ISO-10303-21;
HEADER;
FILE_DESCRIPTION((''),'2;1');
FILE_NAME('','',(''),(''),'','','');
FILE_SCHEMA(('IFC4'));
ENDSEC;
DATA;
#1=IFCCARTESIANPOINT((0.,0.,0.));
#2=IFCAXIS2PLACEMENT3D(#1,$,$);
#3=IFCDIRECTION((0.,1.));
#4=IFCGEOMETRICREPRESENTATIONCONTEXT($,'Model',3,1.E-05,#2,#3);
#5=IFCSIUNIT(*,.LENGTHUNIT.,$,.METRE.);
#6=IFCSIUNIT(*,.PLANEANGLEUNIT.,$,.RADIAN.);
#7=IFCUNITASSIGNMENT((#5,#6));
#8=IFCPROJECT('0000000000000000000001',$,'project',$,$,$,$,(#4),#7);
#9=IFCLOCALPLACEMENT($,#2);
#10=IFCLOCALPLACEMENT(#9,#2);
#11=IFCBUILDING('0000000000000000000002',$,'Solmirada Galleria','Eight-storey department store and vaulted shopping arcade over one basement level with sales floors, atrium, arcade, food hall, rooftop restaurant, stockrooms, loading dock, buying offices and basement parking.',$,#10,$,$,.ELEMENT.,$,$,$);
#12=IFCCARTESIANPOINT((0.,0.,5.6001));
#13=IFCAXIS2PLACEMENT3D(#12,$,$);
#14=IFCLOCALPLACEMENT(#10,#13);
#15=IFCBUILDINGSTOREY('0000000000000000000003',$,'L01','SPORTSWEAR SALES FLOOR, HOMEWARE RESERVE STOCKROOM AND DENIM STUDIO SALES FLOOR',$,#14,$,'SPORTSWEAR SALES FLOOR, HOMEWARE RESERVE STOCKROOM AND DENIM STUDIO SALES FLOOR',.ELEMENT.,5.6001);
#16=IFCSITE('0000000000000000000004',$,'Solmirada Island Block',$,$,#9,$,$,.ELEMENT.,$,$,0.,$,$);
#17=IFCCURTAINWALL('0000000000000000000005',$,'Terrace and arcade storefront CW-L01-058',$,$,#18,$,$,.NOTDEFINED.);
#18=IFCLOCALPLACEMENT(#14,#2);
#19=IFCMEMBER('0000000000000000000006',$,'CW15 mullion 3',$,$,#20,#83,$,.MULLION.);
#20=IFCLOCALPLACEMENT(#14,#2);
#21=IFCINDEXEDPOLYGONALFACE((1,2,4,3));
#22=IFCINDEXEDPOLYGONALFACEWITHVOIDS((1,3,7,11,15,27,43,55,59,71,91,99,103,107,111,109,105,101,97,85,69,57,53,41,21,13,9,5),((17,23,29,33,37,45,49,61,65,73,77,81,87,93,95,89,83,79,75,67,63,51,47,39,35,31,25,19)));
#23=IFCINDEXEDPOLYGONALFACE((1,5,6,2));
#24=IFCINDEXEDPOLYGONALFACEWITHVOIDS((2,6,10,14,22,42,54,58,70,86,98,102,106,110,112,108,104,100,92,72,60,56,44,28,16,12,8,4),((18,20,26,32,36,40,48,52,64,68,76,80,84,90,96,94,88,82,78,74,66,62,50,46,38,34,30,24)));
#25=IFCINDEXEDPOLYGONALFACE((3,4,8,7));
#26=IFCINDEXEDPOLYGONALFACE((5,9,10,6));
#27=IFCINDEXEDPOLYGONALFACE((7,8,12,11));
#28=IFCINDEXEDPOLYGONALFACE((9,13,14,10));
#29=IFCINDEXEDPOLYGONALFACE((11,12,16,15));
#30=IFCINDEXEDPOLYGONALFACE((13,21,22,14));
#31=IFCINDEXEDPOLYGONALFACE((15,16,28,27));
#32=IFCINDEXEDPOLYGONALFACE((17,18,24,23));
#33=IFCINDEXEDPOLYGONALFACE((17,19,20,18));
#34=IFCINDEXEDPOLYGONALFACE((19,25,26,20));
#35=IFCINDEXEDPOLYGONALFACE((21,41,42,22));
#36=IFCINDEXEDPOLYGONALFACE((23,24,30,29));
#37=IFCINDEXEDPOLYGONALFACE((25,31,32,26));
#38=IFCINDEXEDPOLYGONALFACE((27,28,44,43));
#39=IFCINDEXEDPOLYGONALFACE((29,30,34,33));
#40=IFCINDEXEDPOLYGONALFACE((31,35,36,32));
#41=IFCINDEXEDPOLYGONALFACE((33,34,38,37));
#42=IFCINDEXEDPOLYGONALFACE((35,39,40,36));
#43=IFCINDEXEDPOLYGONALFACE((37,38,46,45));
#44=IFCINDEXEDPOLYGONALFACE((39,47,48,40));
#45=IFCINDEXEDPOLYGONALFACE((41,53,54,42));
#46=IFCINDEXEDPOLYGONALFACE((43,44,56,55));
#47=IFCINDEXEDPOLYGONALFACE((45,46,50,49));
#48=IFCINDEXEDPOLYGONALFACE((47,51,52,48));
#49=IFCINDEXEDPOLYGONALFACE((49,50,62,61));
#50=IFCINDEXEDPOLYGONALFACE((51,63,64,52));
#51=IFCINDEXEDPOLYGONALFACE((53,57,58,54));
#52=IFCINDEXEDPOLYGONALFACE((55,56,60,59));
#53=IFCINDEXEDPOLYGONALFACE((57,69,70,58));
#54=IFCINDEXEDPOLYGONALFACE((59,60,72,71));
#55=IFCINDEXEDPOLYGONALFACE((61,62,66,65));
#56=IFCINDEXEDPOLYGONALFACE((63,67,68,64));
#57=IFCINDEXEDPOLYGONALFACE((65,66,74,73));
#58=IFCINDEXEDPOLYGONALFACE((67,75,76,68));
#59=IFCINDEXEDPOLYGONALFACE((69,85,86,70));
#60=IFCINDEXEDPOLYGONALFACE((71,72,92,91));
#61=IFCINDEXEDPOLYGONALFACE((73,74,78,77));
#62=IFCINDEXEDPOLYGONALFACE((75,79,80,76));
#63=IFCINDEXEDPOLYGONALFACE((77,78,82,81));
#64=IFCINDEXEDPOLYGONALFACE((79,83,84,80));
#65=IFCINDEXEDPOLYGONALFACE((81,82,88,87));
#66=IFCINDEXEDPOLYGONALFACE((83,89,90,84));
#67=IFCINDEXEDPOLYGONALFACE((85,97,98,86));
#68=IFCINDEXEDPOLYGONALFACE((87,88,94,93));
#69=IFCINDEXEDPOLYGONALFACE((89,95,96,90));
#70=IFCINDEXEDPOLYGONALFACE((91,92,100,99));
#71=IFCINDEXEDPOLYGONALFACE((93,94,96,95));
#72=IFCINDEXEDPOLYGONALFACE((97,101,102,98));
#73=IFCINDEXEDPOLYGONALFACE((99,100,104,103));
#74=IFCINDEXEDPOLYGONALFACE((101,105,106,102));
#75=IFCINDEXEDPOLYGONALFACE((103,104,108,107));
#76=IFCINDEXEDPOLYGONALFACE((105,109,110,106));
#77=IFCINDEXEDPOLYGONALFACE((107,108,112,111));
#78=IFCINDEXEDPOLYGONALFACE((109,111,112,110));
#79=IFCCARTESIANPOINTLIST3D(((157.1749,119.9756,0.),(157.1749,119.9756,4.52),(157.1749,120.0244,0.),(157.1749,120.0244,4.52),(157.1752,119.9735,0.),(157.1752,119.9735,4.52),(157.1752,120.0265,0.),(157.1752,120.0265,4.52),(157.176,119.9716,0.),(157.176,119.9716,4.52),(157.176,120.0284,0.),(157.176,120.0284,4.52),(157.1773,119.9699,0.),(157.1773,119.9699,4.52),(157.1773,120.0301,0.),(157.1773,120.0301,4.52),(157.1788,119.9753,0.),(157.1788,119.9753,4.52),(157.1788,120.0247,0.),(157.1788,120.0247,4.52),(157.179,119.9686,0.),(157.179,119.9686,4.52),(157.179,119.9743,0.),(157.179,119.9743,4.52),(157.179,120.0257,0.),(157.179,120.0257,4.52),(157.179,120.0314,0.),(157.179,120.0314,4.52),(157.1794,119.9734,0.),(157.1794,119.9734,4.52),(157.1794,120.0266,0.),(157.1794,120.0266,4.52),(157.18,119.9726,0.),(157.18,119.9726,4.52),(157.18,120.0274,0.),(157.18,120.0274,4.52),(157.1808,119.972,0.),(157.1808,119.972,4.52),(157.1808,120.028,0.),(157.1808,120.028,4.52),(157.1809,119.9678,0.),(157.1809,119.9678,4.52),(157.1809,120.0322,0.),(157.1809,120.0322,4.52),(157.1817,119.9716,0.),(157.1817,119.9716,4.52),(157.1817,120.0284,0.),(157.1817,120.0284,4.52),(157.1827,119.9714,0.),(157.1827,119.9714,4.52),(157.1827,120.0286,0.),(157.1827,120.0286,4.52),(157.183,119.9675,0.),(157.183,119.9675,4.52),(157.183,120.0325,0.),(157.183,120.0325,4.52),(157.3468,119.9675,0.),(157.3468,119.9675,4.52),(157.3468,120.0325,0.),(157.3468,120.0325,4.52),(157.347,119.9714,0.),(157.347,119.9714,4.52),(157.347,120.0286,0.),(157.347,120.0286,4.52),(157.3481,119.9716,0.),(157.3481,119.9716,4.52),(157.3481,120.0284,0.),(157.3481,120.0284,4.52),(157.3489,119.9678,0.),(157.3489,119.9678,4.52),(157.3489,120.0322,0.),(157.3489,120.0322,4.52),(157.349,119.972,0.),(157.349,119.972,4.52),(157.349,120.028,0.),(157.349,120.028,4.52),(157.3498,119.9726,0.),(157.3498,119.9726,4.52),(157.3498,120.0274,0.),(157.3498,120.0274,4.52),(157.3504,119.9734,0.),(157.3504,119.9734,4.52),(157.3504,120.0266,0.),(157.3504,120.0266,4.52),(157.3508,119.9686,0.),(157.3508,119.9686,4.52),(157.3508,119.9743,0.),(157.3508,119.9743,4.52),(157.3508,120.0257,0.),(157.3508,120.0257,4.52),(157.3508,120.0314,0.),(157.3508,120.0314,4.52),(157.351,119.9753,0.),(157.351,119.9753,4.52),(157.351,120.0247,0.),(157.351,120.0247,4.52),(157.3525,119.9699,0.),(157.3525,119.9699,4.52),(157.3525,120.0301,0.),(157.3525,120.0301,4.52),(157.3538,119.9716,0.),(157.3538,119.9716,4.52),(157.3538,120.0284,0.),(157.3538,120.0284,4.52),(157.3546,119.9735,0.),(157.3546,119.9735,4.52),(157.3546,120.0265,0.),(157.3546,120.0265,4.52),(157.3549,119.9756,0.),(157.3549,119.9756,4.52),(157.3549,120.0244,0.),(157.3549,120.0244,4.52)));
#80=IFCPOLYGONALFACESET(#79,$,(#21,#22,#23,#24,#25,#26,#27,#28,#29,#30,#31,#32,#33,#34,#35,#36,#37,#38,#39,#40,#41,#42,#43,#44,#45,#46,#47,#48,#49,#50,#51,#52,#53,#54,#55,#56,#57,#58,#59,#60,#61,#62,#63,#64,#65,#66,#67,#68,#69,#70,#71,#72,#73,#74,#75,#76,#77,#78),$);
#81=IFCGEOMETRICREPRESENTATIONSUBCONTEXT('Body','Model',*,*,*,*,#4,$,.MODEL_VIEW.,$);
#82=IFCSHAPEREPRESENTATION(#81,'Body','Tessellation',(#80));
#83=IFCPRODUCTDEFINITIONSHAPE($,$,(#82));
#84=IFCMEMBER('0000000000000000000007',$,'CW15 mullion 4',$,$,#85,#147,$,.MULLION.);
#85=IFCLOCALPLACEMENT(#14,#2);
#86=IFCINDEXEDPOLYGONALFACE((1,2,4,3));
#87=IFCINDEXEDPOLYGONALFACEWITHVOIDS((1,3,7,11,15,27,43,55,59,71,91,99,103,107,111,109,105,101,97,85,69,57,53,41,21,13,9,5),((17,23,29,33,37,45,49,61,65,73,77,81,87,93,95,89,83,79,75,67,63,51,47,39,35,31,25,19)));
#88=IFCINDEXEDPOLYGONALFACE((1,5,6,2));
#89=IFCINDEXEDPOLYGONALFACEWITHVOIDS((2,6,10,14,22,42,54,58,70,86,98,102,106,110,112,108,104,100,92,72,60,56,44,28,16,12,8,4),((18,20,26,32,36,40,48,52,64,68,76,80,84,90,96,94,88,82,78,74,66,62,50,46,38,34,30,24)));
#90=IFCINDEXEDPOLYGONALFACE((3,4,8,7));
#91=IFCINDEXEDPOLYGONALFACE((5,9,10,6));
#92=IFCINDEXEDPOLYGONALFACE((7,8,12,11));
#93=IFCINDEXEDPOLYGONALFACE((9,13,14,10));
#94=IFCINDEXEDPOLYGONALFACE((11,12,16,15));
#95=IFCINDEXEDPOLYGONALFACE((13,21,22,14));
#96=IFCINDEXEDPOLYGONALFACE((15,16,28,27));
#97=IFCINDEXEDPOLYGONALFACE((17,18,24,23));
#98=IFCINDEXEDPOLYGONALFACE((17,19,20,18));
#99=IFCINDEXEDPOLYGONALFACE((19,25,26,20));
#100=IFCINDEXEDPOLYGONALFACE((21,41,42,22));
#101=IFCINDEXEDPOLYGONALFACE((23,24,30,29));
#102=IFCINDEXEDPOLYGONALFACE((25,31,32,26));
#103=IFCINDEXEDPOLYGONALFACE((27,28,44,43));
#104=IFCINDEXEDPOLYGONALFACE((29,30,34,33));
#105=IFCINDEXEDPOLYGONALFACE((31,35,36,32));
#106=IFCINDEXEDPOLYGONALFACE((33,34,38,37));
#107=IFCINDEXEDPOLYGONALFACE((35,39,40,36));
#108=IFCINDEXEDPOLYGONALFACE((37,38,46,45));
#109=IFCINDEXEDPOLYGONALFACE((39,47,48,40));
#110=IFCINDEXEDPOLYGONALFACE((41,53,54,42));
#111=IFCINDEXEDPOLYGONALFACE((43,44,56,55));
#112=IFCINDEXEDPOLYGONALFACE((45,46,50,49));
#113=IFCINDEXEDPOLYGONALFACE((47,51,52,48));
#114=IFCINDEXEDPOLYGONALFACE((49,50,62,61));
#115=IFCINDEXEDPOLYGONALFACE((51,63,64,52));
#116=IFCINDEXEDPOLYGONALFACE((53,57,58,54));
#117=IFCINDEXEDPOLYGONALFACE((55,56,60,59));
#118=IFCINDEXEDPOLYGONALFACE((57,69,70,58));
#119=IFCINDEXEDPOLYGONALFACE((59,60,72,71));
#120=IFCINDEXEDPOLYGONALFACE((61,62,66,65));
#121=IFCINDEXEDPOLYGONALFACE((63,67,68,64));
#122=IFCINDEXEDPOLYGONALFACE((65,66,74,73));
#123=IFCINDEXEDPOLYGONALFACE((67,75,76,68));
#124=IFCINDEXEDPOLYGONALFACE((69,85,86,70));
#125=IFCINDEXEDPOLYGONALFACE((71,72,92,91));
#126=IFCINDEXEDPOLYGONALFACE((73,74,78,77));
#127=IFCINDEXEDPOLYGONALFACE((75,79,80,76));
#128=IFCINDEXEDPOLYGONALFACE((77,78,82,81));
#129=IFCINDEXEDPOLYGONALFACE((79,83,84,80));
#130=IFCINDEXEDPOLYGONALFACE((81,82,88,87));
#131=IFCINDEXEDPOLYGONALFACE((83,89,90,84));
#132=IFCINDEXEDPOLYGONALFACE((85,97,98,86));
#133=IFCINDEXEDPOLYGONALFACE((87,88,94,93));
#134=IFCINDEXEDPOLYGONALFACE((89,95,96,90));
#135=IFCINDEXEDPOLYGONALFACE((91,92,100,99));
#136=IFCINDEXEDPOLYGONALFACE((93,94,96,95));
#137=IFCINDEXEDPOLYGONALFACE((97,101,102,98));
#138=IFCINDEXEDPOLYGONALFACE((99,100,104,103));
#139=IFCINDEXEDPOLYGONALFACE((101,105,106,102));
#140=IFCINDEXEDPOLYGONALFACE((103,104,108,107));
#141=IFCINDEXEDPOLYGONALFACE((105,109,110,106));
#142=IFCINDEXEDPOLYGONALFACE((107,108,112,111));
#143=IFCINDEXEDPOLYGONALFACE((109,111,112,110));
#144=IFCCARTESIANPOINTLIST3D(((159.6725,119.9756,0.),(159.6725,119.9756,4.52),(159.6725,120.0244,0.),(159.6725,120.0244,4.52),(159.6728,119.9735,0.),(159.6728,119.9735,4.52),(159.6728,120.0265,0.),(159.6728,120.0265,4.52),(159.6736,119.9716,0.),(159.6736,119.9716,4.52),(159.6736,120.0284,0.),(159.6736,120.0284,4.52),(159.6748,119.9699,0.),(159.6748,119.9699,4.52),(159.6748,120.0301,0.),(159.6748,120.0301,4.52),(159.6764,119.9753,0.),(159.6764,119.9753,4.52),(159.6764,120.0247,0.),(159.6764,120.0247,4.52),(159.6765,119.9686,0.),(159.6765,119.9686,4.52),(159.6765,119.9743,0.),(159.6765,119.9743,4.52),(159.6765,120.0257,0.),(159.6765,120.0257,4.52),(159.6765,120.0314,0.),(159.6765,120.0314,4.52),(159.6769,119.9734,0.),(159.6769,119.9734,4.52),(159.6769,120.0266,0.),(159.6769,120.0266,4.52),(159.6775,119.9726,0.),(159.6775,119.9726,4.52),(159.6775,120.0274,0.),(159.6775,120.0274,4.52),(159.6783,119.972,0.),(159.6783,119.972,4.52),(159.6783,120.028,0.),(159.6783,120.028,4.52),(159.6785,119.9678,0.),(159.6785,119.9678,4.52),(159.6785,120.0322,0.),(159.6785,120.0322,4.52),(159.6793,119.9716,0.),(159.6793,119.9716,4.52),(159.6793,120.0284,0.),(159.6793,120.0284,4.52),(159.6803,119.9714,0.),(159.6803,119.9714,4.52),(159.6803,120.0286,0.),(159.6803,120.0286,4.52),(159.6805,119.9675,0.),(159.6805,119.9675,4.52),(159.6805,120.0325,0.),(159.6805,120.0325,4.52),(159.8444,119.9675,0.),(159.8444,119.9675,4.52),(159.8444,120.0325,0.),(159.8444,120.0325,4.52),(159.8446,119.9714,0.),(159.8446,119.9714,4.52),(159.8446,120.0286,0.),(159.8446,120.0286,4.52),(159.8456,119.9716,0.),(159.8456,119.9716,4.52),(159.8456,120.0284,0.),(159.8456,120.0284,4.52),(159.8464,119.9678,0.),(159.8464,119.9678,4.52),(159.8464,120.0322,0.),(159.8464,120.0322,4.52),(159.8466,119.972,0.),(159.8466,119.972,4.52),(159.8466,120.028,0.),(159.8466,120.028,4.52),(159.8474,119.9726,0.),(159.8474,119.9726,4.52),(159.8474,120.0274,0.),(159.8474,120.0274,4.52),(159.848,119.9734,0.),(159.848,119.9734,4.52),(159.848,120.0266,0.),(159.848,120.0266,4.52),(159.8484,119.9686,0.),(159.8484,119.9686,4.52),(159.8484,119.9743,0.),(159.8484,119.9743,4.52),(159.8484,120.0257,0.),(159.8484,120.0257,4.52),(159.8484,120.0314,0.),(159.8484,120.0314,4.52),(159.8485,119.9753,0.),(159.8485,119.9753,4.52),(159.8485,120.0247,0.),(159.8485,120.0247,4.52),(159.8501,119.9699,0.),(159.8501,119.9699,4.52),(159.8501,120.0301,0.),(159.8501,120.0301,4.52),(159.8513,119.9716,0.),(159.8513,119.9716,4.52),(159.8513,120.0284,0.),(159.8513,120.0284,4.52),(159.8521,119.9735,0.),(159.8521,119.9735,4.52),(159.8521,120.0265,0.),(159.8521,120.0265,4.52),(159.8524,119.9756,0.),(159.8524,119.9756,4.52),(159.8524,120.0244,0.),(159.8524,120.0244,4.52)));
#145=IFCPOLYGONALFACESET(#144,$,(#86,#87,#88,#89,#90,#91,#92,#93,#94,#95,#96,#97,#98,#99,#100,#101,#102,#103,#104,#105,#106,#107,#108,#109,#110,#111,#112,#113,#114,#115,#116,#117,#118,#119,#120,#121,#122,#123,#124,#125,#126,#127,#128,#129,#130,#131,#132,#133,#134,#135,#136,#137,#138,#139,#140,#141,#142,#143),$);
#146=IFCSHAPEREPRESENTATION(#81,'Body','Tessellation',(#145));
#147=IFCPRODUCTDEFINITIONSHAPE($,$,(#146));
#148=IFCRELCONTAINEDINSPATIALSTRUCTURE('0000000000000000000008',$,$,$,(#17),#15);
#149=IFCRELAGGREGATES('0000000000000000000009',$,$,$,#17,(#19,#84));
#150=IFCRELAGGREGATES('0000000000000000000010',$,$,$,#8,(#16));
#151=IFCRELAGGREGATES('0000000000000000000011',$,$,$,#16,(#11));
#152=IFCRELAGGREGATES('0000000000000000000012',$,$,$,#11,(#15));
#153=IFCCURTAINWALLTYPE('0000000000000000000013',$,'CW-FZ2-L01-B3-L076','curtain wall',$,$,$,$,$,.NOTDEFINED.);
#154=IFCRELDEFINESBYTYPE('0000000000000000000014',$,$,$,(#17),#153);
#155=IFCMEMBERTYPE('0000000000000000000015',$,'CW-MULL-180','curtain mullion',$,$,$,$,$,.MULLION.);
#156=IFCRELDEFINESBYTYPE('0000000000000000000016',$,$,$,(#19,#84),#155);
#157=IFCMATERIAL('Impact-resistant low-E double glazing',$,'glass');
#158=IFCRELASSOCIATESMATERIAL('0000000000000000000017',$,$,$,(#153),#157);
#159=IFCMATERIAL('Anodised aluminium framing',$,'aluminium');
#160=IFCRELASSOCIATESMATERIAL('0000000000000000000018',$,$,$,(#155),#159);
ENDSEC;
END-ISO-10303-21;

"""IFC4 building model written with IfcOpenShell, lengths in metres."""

from ifc_helpers import new_model, si_unit, direction, frame, origin, origin_2d, place, context, subcontext, project, spatial, hollow_rectangle, extrude, material, material_profile, profile_set, type_object, element, aggregate, save


model = new_model("IFC4")

# Units and contexts
model_context = context("Model", 3, precision=1e-05, world=origin(), true_north=direction((0.0, 1.0)))
body_context = subcontext(model_context, "Body", "Model", "MODEL_VIEW")
ifc_project = project(units=[si_unit("LENGTHUNIT", "METRE"), si_unit("PLANEANGLEUNIT", "RADIAN")], contexts=[model_context])

# Site, building, storey
site_placement = place(None, origin())
site = spatial("IfcSite", under=ifc_project, at=site_placement, Name="Solmirada Island Block", CompositionType="ELEMENT", RefElevation=0.0)
building_placement = place(site_placement, origin())
building = spatial("IfcBuilding", under=site, at=building_placement, Name="Solmirada Galleria", Description="Eight-storey department store and vaulted shopping arcade over one basement level with sales floors, atrium, arcade, food hall, rooftop restaurant, stockrooms, loading dock, buying offices and basement parking.", CompositionType="ELEMENT")
storey_placement = place(building_placement, frame((0.0, 0.0, 5.6001)))
storey = spatial("IfcBuildingStorey", under=building, at=storey_placement, Name="L01", Description="SPORTSWEAR SALES FLOOR, HOMEWARE RESERVE STOCKROOM AND DENIM STUDIO SALES FLOOR", LongName="SPORTSWEAR SALES FLOOR, HOMEWARE RESERVE STOCKROOM AND DENIM STUDIO SALES FLOOR", CompositionType="ELEMENT", Elevation=5.6001)

# Curtain wall, members
ifc_material_1 = material(Name="Impact-resistant low-E double glazing", Category="glass")
curtain_wall_type = type_object("IfcCurtainWallType", Name="CW-FZ2-L01-B3-L076", Description="curtain wall", PredefinedType="NOTDEFINED", material=ifc_material_1)
curtain_wall_placement = place(storey_placement, origin())
curtain_wall = element("IfcCurtainWall", 1, at=curtain_wall_placement, inside=storey, type_object=curtain_wall_type, Name="Terrace and arcade storefront CW-L01-058", PredefinedType="NOTDEFINED")
ifc_material_2 = material(Name="Anodised aluminium framing", Category="aluminium")
ifc_material_profile_1 = material_profile(ifc_material_2, hollow_rectangle(XDim=0.0649, YDim=0.1799, WallThickness=0.0039, InnerFilletRadius=0.0039, OuterFilletRadius=0.0081, at=origin_2d()), Name="ALU-MULL-180X65")
ifc_profile_set_1 = profile_set([ifc_material_profile_1], Name="Anodised aluminium framing")
member_type_1 = type_object("IfcMemberType", Name="CW-MULL-180", Description="curtain mullion", PredefinedType="MULLION", material=ifc_profile_set_1)
member_1_placement = place(storey_placement, frame((157.2649, 120.0, 0.0), z_axis=(0.0, 0.0, 1.0), x_axis=(0.0, 1.0, 0.0)))
member_1 = element("IfcMember", 2, at=member_1_placement, type_object=member_type_1, Name="CW15 mullion 3", PredefinedType="MULLION", context=body_context, shape_type="SweptSolid", body=[
    extrude(hollow_rectangle(XDim=0.0649, YDim=0.1799, WallThickness=0.0039, InnerFilletRadius=0.0039, OuterFilletRadius=0.0081, at=origin_2d()), origin(), (0.0, 0.0, 1.0), 4.52),
])
member_2_placement = place(storey_placement, frame((159.7625, 120.0, 0.0), z_axis=(0.0, 0.0, 1.0), x_axis=(0.0, 1.0, 0.0)))
member_2 = element("IfcMember", 3, at=member_2_placement, type_object=member_type_1, Name="CW15 mullion 4", PredefinedType="MULLION", context=body_context, shape_type="SweptSolid", body=[
    extrude(hollow_rectangle(XDim=0.0649, YDim=0.1799, WallThickness=0.0039, InnerFilletRadius=0.0039, OuterFilletRadius=0.0081, at=origin_2d()), origin(), (0.0, 0.0, 1.0), 4.52),
])
aggregate(curtain_wall, [member_1, member_2])

save(model, "model.ifc")
